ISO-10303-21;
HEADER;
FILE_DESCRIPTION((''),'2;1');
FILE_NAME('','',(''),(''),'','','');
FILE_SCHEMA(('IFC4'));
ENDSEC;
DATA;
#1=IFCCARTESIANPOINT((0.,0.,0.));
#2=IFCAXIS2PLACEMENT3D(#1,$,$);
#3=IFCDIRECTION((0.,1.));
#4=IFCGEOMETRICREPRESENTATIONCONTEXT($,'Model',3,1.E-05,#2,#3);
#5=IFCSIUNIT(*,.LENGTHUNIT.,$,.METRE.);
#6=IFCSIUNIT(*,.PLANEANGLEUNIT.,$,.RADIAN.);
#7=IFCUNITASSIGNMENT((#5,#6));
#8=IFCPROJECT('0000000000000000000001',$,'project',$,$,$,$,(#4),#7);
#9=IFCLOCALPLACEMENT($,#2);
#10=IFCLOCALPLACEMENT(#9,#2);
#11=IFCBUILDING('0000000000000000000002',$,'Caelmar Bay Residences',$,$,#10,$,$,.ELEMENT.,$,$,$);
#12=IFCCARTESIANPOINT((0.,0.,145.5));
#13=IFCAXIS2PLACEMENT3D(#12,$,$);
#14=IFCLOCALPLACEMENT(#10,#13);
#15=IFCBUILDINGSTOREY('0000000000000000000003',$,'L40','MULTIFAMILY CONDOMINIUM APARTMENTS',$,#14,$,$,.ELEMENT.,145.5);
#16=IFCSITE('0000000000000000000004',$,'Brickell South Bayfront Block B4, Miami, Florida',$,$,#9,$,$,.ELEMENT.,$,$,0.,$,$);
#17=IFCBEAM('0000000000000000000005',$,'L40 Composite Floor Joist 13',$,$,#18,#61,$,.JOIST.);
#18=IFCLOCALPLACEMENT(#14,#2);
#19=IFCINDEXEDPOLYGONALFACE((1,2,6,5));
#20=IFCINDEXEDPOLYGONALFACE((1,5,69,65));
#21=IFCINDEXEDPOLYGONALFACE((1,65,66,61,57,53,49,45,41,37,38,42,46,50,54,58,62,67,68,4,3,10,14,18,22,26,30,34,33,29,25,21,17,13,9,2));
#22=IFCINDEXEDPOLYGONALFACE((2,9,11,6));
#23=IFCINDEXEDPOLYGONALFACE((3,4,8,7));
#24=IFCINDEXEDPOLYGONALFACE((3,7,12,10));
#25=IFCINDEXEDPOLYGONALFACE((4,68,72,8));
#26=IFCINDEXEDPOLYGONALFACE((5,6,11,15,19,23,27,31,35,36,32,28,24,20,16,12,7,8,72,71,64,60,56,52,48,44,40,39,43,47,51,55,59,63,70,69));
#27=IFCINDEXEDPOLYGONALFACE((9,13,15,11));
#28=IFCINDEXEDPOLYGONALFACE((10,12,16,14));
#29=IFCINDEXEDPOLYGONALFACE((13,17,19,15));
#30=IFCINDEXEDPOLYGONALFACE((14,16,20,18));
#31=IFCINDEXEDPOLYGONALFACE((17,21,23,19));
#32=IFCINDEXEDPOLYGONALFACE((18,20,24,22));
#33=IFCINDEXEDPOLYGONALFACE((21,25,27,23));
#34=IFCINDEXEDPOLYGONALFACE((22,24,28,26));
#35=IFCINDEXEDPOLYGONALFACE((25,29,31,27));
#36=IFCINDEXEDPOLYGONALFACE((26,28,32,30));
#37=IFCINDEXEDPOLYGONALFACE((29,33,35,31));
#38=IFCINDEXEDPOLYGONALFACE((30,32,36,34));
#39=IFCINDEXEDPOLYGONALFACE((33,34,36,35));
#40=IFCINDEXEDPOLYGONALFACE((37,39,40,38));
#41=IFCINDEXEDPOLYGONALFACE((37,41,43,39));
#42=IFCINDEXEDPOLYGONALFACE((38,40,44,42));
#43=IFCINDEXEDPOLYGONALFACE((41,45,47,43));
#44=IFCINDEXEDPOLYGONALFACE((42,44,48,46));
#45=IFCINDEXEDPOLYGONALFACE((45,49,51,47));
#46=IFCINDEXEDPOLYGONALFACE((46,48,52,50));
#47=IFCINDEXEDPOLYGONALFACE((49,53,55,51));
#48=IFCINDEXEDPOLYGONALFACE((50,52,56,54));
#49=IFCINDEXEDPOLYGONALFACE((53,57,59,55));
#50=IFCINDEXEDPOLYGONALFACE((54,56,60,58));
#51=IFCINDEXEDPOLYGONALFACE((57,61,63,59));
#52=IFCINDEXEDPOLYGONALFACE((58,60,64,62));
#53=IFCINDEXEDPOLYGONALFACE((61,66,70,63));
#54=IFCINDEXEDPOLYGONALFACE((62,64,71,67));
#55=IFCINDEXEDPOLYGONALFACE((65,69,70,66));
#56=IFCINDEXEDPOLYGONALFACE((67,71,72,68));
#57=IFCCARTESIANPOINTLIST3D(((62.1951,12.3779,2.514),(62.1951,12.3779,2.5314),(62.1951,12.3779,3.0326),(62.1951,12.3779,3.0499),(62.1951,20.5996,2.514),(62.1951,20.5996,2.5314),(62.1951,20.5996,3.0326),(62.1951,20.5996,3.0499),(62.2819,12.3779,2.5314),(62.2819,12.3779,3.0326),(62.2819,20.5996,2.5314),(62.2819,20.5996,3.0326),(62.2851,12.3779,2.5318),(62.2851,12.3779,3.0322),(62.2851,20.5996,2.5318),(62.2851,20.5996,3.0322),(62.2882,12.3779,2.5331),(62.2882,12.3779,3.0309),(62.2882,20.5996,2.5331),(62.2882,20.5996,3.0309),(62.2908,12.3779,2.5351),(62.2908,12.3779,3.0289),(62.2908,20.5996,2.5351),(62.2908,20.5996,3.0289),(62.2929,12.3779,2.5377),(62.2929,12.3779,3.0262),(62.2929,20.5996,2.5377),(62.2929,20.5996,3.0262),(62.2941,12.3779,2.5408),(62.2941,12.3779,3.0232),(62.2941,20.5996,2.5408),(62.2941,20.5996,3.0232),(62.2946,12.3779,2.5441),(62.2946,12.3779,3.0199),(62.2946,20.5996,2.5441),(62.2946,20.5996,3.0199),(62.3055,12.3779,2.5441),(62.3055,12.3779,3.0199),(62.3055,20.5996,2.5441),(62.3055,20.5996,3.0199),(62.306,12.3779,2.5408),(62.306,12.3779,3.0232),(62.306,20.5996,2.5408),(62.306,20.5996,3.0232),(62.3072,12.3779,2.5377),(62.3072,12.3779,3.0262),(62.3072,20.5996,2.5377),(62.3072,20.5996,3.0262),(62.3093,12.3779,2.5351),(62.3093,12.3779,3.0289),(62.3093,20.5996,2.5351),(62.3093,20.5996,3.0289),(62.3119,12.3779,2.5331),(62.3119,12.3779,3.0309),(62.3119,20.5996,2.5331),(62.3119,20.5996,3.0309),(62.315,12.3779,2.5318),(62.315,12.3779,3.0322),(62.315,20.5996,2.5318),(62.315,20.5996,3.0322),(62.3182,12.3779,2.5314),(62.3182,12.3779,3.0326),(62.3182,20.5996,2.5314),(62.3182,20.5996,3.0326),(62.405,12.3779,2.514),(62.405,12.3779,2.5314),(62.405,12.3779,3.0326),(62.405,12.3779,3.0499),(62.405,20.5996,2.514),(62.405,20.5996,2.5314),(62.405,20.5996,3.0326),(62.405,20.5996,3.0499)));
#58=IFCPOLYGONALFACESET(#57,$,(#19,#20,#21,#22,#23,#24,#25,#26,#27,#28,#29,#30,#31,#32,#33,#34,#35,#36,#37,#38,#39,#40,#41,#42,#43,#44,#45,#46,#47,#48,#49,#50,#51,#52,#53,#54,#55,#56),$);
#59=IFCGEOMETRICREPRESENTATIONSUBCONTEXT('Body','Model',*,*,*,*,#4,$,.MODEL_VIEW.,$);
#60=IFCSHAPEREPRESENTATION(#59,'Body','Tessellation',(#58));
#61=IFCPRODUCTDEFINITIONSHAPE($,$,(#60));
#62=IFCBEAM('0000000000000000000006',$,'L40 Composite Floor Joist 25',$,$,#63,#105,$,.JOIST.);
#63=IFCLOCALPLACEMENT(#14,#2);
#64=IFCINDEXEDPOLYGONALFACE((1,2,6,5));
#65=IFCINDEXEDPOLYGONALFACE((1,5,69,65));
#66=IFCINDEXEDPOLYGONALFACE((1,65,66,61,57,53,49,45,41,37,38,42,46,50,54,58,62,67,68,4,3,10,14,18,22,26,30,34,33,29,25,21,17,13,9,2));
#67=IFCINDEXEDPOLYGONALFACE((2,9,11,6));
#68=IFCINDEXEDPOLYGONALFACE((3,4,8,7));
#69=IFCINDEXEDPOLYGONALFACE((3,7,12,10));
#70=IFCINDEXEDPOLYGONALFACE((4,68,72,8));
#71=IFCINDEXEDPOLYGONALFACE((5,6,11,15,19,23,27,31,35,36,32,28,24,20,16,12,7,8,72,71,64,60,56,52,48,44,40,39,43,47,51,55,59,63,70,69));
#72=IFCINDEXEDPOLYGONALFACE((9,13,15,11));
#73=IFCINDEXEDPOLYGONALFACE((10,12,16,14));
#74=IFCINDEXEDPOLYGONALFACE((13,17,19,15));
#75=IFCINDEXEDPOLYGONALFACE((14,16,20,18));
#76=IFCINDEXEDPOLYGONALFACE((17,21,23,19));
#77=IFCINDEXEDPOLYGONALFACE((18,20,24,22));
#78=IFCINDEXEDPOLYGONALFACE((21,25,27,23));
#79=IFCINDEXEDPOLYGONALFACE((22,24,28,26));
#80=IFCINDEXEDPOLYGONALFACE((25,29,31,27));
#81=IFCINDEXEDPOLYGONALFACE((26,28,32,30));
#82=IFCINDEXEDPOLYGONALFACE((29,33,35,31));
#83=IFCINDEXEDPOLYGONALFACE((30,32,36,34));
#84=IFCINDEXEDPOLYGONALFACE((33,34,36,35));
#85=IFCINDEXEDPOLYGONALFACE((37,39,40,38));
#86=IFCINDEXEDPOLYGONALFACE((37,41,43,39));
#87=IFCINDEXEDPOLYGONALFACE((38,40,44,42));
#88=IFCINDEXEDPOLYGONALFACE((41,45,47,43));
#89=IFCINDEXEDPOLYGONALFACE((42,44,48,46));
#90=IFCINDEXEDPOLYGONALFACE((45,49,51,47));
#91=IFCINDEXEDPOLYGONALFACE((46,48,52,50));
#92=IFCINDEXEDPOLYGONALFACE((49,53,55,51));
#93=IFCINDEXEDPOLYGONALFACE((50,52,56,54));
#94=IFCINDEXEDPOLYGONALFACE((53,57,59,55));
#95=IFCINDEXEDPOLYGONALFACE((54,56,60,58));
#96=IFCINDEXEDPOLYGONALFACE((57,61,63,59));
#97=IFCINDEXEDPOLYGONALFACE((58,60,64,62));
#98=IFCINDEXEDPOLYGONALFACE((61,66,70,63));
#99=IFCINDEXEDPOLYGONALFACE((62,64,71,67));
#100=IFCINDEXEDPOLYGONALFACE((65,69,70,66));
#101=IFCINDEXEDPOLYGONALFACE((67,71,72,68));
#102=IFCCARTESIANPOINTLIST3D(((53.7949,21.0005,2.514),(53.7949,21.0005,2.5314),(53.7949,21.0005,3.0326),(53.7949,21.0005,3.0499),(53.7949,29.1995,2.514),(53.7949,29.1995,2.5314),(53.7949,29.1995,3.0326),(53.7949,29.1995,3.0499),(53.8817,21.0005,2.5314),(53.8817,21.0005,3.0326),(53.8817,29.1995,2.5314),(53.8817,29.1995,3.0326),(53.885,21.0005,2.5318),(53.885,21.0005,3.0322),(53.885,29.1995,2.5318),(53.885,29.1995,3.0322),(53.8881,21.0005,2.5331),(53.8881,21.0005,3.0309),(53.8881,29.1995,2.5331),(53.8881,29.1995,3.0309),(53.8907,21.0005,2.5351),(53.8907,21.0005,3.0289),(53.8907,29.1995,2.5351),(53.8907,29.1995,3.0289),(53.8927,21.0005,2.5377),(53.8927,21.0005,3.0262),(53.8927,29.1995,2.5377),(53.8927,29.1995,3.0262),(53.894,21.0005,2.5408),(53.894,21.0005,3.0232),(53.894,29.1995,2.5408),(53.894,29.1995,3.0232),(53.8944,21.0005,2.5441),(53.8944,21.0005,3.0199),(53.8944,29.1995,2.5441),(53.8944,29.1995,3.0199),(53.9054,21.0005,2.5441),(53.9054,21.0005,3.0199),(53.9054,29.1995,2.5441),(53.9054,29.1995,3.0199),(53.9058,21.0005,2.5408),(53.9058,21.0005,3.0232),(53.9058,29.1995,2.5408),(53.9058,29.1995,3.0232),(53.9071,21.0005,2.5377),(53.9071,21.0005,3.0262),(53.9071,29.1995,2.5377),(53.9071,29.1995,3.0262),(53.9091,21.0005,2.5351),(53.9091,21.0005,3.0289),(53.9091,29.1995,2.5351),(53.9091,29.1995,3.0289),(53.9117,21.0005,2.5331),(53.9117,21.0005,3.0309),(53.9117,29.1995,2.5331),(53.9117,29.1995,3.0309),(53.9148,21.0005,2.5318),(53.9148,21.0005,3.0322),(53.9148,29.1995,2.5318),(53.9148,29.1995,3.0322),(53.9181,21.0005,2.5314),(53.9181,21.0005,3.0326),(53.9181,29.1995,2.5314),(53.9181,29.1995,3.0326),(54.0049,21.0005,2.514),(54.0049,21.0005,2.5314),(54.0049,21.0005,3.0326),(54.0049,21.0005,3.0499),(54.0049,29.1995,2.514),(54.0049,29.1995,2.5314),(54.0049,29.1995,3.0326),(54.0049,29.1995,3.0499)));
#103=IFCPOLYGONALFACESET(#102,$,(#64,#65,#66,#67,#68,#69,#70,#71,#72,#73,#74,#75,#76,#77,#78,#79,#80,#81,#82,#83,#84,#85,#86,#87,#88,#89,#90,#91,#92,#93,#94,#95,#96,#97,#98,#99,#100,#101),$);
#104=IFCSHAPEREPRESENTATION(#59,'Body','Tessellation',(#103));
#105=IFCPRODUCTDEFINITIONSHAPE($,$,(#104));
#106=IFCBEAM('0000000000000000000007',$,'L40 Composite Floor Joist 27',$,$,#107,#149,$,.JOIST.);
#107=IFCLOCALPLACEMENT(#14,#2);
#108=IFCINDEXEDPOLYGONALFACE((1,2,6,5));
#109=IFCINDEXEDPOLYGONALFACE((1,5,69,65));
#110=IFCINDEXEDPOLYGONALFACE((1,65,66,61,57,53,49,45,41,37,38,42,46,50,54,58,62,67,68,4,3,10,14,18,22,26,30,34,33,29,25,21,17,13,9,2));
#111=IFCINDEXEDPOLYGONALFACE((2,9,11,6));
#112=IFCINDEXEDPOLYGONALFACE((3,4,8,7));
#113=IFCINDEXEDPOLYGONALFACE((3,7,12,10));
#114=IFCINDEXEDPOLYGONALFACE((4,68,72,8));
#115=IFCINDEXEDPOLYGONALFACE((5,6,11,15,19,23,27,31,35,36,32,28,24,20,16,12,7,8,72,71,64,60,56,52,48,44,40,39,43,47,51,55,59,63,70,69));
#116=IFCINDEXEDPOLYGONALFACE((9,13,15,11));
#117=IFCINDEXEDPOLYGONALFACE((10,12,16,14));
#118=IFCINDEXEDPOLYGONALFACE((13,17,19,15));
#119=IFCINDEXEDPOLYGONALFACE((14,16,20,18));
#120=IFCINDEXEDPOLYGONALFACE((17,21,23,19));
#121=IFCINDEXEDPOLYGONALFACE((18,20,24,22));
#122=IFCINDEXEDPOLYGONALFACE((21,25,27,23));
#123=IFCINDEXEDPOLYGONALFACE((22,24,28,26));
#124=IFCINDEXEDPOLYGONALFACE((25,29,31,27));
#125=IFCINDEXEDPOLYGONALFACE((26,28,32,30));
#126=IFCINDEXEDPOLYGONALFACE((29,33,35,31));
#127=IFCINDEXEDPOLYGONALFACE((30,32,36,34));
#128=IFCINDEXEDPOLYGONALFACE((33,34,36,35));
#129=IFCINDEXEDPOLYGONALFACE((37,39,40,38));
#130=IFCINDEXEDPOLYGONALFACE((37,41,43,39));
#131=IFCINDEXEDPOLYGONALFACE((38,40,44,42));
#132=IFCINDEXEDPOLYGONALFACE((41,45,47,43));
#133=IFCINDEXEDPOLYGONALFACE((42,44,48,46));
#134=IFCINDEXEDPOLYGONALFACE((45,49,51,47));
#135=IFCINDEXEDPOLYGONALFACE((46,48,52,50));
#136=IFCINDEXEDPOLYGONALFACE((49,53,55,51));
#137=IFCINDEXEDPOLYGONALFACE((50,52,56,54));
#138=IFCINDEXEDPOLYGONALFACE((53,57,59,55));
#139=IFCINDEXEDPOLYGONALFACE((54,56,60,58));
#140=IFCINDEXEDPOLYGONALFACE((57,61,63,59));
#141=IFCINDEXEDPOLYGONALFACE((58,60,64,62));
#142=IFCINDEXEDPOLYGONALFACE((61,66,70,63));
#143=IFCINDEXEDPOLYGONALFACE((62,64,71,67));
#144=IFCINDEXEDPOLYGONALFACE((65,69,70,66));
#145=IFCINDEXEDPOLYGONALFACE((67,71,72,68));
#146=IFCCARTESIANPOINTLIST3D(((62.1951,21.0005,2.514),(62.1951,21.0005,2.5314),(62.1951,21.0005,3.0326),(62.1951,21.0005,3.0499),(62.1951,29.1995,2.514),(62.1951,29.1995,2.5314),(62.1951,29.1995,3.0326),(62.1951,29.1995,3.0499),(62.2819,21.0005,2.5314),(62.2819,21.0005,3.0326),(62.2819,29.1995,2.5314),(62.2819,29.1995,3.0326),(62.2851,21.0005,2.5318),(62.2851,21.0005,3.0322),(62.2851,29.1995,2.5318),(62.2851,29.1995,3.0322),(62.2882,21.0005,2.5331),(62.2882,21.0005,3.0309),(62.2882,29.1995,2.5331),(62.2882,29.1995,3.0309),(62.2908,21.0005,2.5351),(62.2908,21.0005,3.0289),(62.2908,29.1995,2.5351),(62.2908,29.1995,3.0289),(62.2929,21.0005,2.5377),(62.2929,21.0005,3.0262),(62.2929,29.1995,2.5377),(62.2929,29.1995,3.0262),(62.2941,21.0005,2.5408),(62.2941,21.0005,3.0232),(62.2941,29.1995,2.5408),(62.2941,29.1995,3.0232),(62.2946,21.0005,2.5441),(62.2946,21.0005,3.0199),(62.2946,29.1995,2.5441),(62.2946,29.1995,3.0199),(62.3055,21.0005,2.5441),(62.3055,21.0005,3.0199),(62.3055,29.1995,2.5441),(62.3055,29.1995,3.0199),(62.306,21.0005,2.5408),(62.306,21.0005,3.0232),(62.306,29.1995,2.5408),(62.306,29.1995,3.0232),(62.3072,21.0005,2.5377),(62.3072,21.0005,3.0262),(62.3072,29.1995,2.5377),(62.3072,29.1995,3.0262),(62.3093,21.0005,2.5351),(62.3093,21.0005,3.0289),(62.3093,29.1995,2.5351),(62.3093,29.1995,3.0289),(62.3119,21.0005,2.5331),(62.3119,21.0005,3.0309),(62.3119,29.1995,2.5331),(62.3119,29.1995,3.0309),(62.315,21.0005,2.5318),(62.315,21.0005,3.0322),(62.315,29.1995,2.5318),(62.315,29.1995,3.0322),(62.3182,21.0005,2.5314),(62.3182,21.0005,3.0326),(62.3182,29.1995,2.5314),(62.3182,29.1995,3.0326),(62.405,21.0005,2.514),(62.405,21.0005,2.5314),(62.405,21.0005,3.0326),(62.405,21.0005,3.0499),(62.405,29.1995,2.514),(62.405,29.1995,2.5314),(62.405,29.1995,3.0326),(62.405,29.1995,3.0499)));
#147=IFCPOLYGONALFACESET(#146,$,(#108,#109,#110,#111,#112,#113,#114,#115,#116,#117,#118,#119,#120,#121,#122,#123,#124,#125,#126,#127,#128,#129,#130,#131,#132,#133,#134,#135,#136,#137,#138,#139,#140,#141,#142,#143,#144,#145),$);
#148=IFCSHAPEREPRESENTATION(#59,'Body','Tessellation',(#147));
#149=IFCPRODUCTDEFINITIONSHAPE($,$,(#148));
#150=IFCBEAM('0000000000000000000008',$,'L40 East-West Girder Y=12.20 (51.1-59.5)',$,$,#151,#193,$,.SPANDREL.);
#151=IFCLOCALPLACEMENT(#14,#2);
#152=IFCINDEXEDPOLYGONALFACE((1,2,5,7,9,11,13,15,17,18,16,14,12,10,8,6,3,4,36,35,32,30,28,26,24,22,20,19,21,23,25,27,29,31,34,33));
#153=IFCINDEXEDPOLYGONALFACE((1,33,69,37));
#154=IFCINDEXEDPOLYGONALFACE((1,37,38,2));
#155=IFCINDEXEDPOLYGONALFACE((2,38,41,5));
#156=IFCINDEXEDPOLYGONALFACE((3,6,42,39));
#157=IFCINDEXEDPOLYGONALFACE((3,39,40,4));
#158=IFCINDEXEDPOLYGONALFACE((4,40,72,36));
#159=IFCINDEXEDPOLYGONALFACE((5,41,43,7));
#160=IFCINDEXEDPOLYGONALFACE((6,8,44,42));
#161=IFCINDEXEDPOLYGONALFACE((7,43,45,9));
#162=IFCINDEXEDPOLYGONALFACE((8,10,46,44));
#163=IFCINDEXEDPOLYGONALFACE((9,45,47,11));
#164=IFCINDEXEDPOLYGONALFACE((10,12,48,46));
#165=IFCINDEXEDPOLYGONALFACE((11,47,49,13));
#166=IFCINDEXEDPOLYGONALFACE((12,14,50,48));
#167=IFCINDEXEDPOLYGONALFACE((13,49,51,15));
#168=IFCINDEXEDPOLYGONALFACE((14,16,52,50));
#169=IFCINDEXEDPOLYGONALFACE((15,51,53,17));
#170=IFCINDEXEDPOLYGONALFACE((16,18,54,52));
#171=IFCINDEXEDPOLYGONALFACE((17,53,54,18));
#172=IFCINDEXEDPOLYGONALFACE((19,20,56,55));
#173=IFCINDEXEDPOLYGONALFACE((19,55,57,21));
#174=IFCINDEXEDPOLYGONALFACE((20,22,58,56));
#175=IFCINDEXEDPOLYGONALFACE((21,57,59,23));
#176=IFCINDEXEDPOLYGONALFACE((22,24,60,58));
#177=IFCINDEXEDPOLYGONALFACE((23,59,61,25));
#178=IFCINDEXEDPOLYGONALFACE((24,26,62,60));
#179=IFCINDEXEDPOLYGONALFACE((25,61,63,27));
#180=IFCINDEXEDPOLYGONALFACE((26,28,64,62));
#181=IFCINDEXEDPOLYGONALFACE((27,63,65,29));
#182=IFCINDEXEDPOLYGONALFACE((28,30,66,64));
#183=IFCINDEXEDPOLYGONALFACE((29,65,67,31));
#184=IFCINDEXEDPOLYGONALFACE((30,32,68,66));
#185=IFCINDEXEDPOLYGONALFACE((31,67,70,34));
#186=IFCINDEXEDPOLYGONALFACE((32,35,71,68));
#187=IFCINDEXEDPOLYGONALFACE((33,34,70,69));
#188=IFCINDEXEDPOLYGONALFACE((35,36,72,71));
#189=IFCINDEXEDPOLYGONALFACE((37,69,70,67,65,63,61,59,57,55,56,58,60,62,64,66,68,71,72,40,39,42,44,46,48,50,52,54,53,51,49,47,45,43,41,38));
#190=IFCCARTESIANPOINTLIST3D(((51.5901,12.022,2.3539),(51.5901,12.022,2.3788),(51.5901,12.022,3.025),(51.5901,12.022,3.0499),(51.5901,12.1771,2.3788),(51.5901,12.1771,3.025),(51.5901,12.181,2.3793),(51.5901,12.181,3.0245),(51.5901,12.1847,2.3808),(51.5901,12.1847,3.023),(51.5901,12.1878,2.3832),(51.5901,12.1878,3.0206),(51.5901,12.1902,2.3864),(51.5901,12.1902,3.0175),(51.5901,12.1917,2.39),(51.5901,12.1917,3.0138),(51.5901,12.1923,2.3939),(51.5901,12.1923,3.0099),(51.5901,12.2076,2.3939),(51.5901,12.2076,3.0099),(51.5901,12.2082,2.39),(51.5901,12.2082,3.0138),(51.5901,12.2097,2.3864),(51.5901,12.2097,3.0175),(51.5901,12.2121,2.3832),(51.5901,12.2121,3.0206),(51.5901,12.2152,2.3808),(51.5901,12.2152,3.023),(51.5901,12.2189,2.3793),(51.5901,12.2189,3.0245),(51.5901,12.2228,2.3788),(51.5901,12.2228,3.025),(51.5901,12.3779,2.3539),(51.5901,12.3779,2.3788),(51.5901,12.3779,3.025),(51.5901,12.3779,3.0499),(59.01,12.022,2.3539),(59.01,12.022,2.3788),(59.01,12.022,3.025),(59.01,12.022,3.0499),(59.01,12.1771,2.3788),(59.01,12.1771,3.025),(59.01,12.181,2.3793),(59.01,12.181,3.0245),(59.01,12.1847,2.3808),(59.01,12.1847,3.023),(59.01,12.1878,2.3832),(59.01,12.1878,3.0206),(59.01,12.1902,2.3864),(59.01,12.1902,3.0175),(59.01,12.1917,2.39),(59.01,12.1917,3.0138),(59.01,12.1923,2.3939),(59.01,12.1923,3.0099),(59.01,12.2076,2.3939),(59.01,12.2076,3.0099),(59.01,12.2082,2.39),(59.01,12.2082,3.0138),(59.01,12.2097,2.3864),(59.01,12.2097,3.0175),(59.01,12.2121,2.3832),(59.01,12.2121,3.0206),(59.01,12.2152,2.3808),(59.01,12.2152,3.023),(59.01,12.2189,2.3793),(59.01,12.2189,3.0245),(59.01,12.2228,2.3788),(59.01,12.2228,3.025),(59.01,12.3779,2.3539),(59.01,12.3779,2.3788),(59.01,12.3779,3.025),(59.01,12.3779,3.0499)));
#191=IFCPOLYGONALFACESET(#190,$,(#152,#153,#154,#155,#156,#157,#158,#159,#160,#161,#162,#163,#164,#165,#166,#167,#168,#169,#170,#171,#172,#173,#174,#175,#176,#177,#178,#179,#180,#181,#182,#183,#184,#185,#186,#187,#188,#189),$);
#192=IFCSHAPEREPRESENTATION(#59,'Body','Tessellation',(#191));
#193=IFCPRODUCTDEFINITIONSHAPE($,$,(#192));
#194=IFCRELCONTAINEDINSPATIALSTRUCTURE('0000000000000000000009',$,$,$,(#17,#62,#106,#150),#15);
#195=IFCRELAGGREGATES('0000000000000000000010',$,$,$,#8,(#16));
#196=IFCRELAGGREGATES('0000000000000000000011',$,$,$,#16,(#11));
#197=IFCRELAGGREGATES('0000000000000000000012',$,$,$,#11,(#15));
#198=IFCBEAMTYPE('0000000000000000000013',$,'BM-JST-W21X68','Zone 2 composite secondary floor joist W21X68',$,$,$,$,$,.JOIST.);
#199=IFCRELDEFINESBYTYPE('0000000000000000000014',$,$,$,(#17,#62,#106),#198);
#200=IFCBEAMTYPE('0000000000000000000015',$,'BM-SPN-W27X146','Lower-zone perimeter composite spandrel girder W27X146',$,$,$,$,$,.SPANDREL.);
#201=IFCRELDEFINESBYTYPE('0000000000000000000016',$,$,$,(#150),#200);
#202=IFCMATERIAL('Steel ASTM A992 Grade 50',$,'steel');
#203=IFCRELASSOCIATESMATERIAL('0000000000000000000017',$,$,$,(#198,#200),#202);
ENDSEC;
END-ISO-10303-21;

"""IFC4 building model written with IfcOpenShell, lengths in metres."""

from ifc_helpers import new_model, si_unit, direction, frame, origin, origin_2d, place, context, subcontext, project, spatial, i_section, extrude, material, material_profile, profile_set, type_object, element, save


model = new_model("IFC4")

# Units and contexts
model_context = context("Model", 3, precision=1e-05, world=origin(), true_north=direction((0.0, 1.0)))
body_context = subcontext(model_context, "Body", "Model", "MODEL_VIEW")
ifc_project = project(units=[si_unit("LENGTHUNIT", "METRE"), si_unit("PLANEANGLEUNIT", "RADIAN")], contexts=[model_context])

# Site, building, storey
site_placement = place(None, origin())
site = spatial("IfcSite", under=ifc_project, at=site_placement, Name="Brickell South Bayfront Block B4, Miami, Florida", CompositionType="ELEMENT", RefElevation=0.0)
building_placement = place(site_placement, origin())
building = spatial("IfcBuilding", under=site, at=building_placement, Name="Caelmar Bay Residences", CompositionType="ELEMENT")
storey_placement = place(building_placement, frame((0.0, 0.0, 145.5)))
storey = spatial("IfcBuildingStorey", under=building, at=storey_placement, Name="L40", Description="MULTIFAMILY CONDOMINIUM APARTMENTS", CompositionType="ELEMENT", Elevation=145.5)

# Beams
ifc_material_1 = material(Name="Steel ASTM A992 Grade 50", Category="steel")
ifc_material_profile_1 = material_profile(ifc_material_1, i_section(OverallWidth=0.21, OverallDepth=0.5359, WebThickness=0.011, FlangeThickness=0.0173, FilletRadius=0.0127, at=origin_2d()), Name="W21X68")
ifc_profile_set_1 = profile_set([ifc_material_profile_1], Name="Steel ASTM A992 Grade 50")
beam_type_1 = type_object("IfcBeamType", Name="BM-JST-W21X68", Description="Zone 2 composite secondary floor joist W21X68", PredefinedType="JOIST", material=ifc_profile_set_1)
for number, where, z_axis, x_axis, name in (
    (1, (62.3, 12.3779, 2.782), (0.0, 1.0, 0.0), (-1.0, 0.0, 0.0), "L40 Composite Floor Joist 13"),
):
    element("IfcBeam", number, at=place(storey_placement, frame(where, z_axis=z_axis, x_axis=x_axis)), inside=storey, type_object=beam_type_1, Name=name, PredefinedType="JOIST", context=body_context, shape_type="SweptSolid", body=[
        extrude(i_section(OverallWidth=0.21, OverallDepth=0.5359, WebThickness=0.011, FlangeThickness=0.0173, FilletRadius=0.0127, at=origin_2d()), origin(), (0.0, 0.0, 1.0), 8.2217),
    ])
for number, where, z_axis, x_axis, name in (
    (2, (53.8999, 21.0005, 2.782), (0.0, 1.0, 0.0), (-1.0, 0.0, 0.0), "L40 Composite Floor Joist 25"),
    (3, (62.3, 21.0005, 2.782), (0.0, 1.0, 0.0), (-1.0, 0.0, 0.0), "L40 Composite Floor Joist 27"),
):
    element("IfcBeam", number, at=place(storey_placement, frame(where, z_axis=z_axis, x_axis=x_axis)), inside=storey, type_object=beam_type_1, Name=name, PredefinedType="JOIST", context=body_context, shape_type="SweptSolid", body=[
        extrude(i_section(OverallWidth=0.21, OverallDepth=0.5359, WebThickness=0.011, FlangeThickness=0.0173, FilletRadius=0.0127, at=origin_2d()), origin(), (0.0, 0.0, 1.0), 8.199),
    ])
ifc_material_profile_2 = material_profile(ifc_material_1, i_section(OverallWidth=0.356, OverallDepth=0.696, WebThickness=0.0154, FlangeThickness=0.0249, FilletRadius=0.0151, at=origin_2d()), Name="W27X146")
ifc_profile_set_2 = profile_set([ifc_material_profile_2], Name="Steel ASTM A992 Grade 50")
beam_type_2 = type_object("IfcBeamType", Name="BM-SPN-W27X146", Description="Lower-zone perimeter composite spandrel girder W27X146", PredefinedType="SPANDREL", material=ifc_profile_set_2)
for number, where, z_axis, x_axis, name in (
    (4, (51.5901, 12.2, 2.7019), (1.0, 0.0, 0.0), (0.0, 1.0, 0.0), "L40 East-West Girder Y=12.20 (51.1-59.5)"),
):
    element("IfcBeam", number, at=place(storey_placement, frame(where, z_axis=z_axis, x_axis=x_axis)), inside=storey, type_object=beam_type_2, Name=name, PredefinedType="SPANDREL", context=body_context, shape_type="SweptSolid", body=[
        extrude(i_section(OverallWidth=0.356, OverallDepth=0.696, WebThickness=0.0154, FlangeThickness=0.0249, FilletRadius=0.0151, at=origin_2d()), origin(), (0.0, 0.0, 1.0), 7.4199),
    ])

save(model, "model.ifc")
